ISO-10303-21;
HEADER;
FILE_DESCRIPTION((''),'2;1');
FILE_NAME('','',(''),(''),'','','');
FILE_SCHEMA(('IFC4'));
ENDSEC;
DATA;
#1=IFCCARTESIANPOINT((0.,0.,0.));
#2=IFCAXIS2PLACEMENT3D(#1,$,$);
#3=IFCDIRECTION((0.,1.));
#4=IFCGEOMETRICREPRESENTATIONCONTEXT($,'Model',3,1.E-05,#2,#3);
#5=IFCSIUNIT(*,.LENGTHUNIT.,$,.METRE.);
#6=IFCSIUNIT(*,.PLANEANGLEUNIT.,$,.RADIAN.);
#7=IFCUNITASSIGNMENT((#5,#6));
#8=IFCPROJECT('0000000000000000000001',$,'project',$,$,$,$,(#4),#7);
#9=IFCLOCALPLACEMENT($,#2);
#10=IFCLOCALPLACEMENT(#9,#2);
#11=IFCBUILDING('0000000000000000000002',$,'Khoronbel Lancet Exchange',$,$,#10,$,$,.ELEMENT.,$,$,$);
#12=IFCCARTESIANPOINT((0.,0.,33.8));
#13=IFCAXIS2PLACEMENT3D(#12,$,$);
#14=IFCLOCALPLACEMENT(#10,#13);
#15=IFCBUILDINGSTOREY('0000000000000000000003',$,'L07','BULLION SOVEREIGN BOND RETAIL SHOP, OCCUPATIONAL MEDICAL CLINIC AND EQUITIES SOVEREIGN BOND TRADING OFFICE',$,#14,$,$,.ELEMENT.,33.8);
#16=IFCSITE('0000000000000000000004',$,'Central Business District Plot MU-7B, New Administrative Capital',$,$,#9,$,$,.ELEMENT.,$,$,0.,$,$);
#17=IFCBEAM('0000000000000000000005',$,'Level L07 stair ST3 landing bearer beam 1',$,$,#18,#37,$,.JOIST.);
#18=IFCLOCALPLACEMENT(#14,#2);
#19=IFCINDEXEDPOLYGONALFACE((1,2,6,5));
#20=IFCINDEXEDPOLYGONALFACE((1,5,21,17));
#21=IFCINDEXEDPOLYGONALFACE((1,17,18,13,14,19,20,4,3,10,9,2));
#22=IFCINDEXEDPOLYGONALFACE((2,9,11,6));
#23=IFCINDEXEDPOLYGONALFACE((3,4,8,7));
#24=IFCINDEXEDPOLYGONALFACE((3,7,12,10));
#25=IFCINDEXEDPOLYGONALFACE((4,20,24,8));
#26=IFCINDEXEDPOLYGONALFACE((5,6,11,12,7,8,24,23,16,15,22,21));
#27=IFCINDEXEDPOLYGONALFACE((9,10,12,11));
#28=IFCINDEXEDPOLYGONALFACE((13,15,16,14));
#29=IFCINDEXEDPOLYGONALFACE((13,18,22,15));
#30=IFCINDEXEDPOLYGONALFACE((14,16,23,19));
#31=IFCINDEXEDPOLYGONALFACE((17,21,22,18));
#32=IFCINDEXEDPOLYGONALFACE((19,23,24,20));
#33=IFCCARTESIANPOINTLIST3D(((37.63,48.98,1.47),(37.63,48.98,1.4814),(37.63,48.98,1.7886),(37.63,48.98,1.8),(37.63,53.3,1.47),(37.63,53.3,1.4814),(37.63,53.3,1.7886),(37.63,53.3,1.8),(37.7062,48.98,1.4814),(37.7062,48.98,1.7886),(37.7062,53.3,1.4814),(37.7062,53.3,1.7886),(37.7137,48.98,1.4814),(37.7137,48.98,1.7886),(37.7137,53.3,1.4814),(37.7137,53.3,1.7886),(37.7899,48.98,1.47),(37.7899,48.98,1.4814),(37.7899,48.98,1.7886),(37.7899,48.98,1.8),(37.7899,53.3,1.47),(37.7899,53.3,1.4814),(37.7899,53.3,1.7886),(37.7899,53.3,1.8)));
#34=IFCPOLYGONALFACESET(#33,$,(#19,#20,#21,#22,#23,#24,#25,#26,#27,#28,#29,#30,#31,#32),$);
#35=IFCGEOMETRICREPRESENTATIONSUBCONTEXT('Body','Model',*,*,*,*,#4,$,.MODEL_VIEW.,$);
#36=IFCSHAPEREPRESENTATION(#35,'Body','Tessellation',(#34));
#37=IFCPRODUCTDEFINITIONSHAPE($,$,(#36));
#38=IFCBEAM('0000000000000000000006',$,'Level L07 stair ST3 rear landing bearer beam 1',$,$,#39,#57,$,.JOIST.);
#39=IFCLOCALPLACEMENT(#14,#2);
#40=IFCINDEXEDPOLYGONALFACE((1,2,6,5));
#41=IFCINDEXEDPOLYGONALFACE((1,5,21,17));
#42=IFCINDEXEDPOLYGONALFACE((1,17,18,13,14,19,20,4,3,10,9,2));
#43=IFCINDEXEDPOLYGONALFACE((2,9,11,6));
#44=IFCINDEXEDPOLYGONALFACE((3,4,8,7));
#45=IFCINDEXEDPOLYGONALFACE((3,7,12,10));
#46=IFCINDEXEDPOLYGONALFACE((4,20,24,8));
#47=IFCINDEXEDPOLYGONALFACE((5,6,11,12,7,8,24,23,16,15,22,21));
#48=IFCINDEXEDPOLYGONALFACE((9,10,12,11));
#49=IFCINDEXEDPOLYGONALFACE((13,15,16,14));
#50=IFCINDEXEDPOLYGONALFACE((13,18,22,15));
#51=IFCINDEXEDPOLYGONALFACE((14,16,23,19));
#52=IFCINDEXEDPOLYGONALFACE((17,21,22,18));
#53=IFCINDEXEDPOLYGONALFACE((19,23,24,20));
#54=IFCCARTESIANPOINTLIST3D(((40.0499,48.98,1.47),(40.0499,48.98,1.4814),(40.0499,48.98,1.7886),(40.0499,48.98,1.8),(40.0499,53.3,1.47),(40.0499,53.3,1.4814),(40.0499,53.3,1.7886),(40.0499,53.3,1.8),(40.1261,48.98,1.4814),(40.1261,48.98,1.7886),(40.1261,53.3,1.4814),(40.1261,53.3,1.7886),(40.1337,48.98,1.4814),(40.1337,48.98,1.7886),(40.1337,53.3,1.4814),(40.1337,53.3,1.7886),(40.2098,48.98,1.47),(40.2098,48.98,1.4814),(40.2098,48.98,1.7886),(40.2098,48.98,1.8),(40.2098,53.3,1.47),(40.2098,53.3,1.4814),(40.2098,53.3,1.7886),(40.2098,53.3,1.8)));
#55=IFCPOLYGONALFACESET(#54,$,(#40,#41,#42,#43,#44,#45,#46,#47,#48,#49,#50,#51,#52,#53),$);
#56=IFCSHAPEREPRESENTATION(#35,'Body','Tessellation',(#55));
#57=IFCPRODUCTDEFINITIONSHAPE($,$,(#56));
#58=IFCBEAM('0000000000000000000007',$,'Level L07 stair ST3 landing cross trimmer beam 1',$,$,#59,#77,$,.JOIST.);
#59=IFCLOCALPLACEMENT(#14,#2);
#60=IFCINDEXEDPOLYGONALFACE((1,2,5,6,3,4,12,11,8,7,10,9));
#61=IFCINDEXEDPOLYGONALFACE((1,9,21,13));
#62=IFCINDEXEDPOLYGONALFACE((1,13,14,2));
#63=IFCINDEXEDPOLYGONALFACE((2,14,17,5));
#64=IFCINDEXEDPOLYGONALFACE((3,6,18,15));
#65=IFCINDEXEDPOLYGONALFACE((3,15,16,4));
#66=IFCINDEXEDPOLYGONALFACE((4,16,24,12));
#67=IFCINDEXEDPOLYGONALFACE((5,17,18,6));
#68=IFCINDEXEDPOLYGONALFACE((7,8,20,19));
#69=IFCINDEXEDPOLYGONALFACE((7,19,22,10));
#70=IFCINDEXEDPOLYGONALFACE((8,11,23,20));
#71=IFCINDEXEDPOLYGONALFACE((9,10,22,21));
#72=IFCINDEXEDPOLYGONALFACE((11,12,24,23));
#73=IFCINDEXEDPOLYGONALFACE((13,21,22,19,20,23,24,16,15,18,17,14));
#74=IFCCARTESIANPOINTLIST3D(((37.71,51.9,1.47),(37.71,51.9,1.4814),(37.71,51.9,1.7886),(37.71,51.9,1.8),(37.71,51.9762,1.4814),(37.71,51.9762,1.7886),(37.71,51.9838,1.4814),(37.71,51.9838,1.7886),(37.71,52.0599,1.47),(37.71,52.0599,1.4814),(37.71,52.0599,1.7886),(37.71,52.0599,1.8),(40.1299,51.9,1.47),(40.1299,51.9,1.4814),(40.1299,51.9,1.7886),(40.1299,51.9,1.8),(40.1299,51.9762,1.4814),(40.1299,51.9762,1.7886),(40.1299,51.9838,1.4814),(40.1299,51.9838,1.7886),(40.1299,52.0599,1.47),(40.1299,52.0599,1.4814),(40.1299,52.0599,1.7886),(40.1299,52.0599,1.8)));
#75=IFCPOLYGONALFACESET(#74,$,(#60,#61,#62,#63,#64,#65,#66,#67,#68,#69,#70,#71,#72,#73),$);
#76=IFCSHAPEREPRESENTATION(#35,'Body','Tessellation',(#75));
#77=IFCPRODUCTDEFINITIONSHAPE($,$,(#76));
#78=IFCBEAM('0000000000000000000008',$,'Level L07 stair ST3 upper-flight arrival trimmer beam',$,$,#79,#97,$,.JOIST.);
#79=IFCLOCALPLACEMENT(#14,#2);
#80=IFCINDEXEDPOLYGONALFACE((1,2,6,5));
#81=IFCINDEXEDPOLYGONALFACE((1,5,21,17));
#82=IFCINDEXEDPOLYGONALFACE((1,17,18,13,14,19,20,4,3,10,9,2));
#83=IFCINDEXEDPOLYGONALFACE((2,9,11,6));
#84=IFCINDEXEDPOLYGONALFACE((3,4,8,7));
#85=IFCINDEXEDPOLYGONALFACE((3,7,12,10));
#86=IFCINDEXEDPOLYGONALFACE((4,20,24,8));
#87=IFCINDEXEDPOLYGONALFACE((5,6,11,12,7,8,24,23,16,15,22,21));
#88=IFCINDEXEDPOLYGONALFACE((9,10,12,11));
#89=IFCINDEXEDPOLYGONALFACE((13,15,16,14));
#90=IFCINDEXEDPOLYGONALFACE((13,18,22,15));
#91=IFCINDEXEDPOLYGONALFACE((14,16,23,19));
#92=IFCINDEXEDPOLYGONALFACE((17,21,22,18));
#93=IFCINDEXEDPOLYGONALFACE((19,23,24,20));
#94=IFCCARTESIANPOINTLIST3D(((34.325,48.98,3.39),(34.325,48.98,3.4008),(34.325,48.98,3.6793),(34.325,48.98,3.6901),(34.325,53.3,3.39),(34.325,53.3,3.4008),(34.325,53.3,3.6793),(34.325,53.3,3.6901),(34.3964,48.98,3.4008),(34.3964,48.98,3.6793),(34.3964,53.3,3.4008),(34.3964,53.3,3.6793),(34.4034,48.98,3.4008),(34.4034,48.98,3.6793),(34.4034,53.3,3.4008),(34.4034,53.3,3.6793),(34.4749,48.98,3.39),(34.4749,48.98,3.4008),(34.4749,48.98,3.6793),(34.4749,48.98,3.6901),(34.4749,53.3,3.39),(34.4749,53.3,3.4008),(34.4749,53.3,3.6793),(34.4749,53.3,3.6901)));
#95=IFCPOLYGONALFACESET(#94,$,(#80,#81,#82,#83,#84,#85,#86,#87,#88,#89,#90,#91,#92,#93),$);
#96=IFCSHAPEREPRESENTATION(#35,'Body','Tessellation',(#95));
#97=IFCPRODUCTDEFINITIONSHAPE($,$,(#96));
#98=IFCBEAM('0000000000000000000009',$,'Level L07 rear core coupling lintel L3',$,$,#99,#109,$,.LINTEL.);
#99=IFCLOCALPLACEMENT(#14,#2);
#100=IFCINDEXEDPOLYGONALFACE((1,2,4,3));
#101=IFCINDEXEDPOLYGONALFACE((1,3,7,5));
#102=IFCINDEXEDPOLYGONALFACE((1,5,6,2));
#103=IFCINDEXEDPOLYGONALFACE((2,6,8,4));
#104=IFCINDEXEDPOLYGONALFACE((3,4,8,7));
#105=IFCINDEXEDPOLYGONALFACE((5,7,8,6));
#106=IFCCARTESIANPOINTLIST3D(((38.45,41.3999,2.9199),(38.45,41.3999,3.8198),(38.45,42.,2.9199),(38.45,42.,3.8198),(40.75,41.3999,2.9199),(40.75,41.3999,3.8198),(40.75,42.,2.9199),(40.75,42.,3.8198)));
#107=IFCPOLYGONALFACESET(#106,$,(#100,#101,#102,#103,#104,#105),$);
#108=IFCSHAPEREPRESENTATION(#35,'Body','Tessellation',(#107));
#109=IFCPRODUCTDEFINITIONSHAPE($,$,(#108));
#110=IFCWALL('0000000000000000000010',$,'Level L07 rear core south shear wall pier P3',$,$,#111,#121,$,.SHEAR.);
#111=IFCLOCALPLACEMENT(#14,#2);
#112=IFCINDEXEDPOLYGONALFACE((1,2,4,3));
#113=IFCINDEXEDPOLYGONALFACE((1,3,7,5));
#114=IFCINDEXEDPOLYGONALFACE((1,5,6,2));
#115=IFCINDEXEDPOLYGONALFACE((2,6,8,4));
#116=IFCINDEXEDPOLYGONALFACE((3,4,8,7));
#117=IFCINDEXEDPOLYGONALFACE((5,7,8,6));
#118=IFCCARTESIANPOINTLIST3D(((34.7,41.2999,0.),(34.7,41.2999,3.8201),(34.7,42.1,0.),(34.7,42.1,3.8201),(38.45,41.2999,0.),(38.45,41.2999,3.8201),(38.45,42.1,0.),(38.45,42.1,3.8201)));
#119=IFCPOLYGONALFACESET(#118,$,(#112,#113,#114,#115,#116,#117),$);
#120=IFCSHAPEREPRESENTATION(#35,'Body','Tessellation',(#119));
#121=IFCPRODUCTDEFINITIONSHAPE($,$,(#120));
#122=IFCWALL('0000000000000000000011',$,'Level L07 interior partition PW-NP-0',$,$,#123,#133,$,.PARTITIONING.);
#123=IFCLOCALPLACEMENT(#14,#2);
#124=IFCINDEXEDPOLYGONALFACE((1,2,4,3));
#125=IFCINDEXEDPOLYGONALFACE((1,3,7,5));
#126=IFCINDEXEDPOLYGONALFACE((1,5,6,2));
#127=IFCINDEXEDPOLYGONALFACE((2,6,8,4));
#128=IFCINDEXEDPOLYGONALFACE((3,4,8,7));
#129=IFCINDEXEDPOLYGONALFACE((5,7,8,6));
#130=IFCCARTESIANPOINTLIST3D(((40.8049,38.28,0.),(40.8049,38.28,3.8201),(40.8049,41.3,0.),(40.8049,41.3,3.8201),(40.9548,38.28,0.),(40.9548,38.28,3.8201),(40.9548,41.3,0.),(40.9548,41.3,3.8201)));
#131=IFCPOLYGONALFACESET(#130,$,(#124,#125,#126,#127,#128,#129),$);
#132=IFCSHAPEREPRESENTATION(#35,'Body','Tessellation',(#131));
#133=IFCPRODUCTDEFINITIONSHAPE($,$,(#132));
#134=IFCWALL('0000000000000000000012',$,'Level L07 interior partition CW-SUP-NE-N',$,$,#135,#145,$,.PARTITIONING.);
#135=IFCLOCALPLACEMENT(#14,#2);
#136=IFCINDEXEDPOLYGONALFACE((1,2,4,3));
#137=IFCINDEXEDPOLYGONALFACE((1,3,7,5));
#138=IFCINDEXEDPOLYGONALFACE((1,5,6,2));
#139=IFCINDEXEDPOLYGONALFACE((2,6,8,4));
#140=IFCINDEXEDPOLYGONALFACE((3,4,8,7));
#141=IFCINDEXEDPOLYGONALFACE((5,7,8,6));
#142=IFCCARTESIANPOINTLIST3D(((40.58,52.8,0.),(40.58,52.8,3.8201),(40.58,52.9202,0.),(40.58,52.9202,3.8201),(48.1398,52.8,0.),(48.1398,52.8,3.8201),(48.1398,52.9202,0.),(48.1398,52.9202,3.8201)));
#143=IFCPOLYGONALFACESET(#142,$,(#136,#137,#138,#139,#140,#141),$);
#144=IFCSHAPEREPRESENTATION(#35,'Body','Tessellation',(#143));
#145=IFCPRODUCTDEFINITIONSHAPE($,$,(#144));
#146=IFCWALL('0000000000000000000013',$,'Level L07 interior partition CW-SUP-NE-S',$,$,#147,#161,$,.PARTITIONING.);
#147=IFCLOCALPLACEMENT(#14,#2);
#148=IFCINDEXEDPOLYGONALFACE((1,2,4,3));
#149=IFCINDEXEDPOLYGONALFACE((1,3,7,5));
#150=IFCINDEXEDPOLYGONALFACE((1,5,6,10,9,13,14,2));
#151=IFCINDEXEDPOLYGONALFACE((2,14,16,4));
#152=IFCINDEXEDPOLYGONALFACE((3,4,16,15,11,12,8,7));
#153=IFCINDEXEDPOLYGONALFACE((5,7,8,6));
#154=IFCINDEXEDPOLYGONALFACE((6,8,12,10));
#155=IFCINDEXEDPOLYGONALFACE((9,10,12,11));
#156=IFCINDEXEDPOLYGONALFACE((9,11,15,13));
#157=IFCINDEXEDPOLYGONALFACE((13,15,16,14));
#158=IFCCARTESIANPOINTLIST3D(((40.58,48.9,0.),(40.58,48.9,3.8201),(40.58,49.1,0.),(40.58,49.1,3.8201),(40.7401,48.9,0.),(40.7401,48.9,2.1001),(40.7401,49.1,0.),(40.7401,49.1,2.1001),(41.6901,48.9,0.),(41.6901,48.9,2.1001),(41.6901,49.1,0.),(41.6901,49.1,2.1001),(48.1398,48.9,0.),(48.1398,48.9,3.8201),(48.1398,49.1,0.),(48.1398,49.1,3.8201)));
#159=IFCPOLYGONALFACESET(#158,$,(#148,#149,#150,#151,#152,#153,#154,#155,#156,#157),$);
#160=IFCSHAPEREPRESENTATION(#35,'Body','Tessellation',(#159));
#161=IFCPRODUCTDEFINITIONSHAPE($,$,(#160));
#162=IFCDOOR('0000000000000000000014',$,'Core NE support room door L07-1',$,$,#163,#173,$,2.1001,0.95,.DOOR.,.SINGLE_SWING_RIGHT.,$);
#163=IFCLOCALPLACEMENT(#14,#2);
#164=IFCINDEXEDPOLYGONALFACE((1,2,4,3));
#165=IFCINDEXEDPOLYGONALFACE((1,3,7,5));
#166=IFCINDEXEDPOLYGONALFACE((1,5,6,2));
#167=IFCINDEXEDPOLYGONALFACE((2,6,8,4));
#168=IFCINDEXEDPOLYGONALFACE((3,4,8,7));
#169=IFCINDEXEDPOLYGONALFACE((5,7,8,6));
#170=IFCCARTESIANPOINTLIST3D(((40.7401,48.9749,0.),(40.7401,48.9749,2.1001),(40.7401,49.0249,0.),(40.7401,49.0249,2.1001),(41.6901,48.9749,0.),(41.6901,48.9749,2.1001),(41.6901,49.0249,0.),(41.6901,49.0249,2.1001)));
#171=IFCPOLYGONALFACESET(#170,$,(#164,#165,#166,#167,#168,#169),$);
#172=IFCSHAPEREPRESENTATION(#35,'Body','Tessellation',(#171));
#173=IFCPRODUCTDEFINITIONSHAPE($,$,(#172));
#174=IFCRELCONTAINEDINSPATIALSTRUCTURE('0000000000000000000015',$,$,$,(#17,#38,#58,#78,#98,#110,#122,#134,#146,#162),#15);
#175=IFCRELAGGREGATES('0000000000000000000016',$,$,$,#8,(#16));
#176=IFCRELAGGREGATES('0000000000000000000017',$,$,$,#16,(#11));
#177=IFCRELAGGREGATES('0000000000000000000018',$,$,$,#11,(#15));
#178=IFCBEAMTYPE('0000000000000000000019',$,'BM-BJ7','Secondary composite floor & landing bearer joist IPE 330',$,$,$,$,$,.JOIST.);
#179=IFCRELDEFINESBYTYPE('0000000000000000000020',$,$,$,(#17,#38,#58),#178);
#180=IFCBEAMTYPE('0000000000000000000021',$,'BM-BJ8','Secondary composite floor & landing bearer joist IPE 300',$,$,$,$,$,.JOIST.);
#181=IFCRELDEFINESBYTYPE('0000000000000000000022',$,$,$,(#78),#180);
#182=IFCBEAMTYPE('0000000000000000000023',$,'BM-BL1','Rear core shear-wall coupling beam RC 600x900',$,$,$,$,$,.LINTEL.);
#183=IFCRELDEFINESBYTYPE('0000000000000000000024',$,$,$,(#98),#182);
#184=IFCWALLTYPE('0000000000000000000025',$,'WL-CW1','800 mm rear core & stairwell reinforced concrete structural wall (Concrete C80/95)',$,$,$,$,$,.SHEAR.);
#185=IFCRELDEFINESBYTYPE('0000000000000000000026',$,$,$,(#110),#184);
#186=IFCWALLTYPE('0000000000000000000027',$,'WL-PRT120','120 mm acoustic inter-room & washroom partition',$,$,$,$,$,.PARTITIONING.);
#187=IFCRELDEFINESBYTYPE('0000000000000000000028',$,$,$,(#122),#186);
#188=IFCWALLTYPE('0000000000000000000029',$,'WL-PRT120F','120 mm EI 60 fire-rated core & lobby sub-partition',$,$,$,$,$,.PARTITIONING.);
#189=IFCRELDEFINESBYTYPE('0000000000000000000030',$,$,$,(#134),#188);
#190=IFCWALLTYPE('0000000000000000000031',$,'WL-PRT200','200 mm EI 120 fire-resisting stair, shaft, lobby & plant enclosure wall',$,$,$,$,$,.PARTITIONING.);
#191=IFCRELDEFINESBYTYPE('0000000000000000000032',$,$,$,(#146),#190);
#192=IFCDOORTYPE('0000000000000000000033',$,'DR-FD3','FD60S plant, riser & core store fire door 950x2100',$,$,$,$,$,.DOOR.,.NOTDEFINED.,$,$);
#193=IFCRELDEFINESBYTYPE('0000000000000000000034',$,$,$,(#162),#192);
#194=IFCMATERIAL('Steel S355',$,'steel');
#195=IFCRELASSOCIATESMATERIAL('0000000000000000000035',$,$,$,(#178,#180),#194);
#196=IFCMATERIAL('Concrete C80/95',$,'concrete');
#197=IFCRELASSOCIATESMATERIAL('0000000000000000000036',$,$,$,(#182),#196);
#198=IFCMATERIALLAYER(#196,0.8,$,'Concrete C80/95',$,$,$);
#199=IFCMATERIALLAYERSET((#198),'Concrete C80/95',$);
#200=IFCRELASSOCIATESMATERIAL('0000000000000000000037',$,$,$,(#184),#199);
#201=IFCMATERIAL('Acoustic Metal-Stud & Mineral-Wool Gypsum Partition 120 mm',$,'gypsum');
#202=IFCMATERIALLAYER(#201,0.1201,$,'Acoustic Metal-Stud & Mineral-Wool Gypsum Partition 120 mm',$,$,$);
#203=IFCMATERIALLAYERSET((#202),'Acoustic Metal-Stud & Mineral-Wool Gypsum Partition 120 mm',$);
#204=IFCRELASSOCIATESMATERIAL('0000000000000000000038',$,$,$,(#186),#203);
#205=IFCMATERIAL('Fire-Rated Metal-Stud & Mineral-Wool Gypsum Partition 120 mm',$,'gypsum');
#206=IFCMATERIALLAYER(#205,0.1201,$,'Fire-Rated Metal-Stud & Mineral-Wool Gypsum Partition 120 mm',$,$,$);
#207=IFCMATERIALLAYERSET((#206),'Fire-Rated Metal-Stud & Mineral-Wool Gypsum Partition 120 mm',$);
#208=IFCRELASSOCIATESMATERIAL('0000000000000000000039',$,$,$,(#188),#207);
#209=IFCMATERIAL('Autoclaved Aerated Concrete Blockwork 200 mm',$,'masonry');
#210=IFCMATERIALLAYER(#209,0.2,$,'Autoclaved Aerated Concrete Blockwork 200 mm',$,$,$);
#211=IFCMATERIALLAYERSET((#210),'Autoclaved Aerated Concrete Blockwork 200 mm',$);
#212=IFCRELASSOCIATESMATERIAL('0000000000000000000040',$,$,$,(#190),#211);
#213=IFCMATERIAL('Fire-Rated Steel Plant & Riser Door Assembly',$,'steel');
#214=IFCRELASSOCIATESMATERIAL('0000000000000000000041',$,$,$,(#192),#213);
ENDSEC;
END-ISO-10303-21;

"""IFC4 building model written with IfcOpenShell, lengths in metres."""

from ifc_helpers import new_model, si_unit, direction, frame, frame_2d, origin, origin_2d, place, context, subcontext, project, spatial, rectangle, i_section, extrude, material, layer, layer_set, material_profile, profile_set, type_object, element, fill, save


model = new_model("IFC4")

# Units and contexts
model_context = context("Model", 3, precision=1e-05, world=origin(), true_north=direction((0.0, 1.0)))
body_context = subcontext(model_context, "Body", "Model", "MODEL_VIEW")
ifc_project = project(units=[si_unit("LENGTHUNIT", "METRE"), si_unit("PLANEANGLEUNIT", "RADIAN")], contexts=[model_context])

# Site, building, storey
site_placement = place(None, origin())
site = spatial("IfcSite", under=ifc_project, at=site_placement, Name="Central Business District Plot MU-7B, New Administrative Capital", CompositionType="ELEMENT", RefElevation=0.0)
building_placement = place(site_placement, origin())
building = spatial("IfcBuilding", under=site, at=building_placement, Name="Khoronbel Lancet Exchange", CompositionType="ELEMENT")
storey_placement = place(building_placement, frame((0.0, 0.0, 33.8)))
storey = spatial("IfcBuildingStorey", under=building, at=storey_placement, Name="L07", Description="BULLION SOVEREIGN BOND RETAIL SHOP, OCCUPATIONAL MEDICAL CLINIC AND EQUITIES SOVEREIGN BOND TRADING OFFICE", CompositionType="ELEMENT", Elevation=33.8)

# Beams
ifc_material_1 = material(Name="Steel S355", Category="steel")
ifc_material_profile_1 = material_profile(ifc_material_1, i_section(OverallWidth=0.1599, OverallDepth=0.3301, WebThickness=0.0076, FlangeThickness=0.0115, at=origin_2d()), Name="IPE 330")
ifc_profile_set_1 = profile_set([ifc_material_profile_1], Name="Steel S355")
beam_type_1 = type_object("IfcBeamType", Name="BM-BJ7", Description="Secondary composite floor & landing bearer joist IPE 330", PredefinedType="JOIST", material=ifc_profile_set_1)
for number, where, z_axis, x_axis, name in (
    (1, (37.71, 48.98, 1.635), (0.0, 1.0, 0.0), (-1.0, 0.0, 0.0), "Level L07 stair ST3 landing bearer beam 1"),
    (2, (40.1299, 48.98, 1.635), (0.0, 1.0, 0.0), (-1.0, 0.0, 0.0), "Level L07 stair ST3 rear landing bearer beam 1"),
):
    element("IfcBeam", number, at=place(storey_placement, frame(where, z_axis=z_axis, x_axis=x_axis)), inside=storey, type_object=beam_type_1, Name=name, PredefinedType="JOIST", context=body_context, shape_type="SweptSolid", body=[
        extrude(i_section(OverallWidth=0.1599, OverallDepth=0.3301, WebThickness=0.0076, FlangeThickness=0.0115, at=origin_2d()), origin(), (0.0, 0.0, 1.0), 4.3201),
    ])
beam_1_placement = place(storey_placement, frame((37.71, 51.98, 1.635), z_axis=(1.0, 0.0, 0.0), x_axis=(0.0, 1.0, 0.0)))
element("IfcBeam", 3, at=beam_1_placement, inside=storey, type_object=beam_type_1, Name="Level L07 stair ST3 landing cross trimmer beam 1", PredefinedType="JOIST", context=body_context, shape_type="SweptSolid", body=[
    extrude(i_section(OverallWidth=0.1599, OverallDepth=0.3301, WebThickness=0.0076, FlangeThickness=0.0115, at=origin_2d()), origin(), (0.0, 0.0, 1.0), 2.4199),
])
ifc_material_profile_2 = material_profile(ifc_material_1, i_section(OverallWidth=0.1499, OverallDepth=0.3, WebThickness=0.0071, FlangeThickness=0.0107, at=origin_2d()), Name="IPE 300")
ifc_profile_set_2 = profile_set([ifc_material_profile_2], Name="Steel S355")
beam_type_2 = type_object("IfcBeamType", Name="BM-BJ8", Description="Secondary composite floor & landing bearer joist IPE 300", PredefinedType="JOIST", material=ifc_profile_set_2)
beam_2_placement = place(storey_placement, frame((34.3999, 48.98, 3.54), z_axis=(0.0, 1.0, 0.0), x_axis=(-1.0, 0.0, 0.0)))
element("IfcBeam", 4, at=beam_2_placement, inside=storey, type_object=beam_type_2, Name="Level L07 stair ST3 upper-flight arrival trimmer beam", PredefinedType="JOIST", context=body_context, shape_type="SweptSolid", body=[
    extrude(i_section(OverallWidth=0.1499, OverallDepth=0.3, WebThickness=0.0071, FlangeThickness=0.0107, at=origin_2d()), origin(), (0.0, 0.0, 1.0), 4.3201),
])
ifc_material_2 = material(Name="Concrete C80/95", Category="concrete")
ifc_material_profile_3 = material_profile(ifc_material_2, rectangle(XDim=0.6001, YDim=0.8999, at=origin_2d()), Name="RC 600x900")
ifc_profile_set_3 = profile_set([ifc_material_profile_3], Name="Concrete C80/95")
beam_type_3 = type_object("IfcBeamType", Name="BM-BL1", Description="Rear core shear-wall coupling beam RC 600x900", PredefinedType="LINTEL", material=ifc_profile_set_3)
beam_3_placement = place(storey_placement, frame((38.45, 41.7, 3.3699), z_axis=(1.0, 0.0, 0.0), x_axis=(0.0, 1.0, 0.0)))
element("IfcBeam", 5, at=beam_3_placement, inside=storey, type_object=beam_type_3, Name="Level L07 rear core coupling lintel L3", PredefinedType="LINTEL", context=body_context, shape_type="SweptSolid", body=[
    extrude(rectangle(XDim=0.6001, YDim=0.8999, at=origin_2d()), origin(), (0.0, 0.0, 1.0), 2.3),
])

# Walls
ifc_layer_1 = layer(ifc_material_2, 0.8, Name="Concrete C80/95")
ifc_layer_set_1 = layer_set([ifc_layer_1], Name="Concrete C80/95")
wall_type_1 = type_object("IfcWallType", Name="WL-CW1", Description="800 mm rear core & stairwell reinforced concrete structural wall (Concrete C80/95)", PredefinedType="SHEAR", material=ifc_layer_set_1)
wall_1_placement = place(storey_placement, frame((38.45, 41.7, 0.0), z_axis=(0.0, 0.0, 1.0), x_axis=(-1.0, 0.0, 0.0)))
element("IfcWall", 6, at=wall_1_placement, inside=storey, type_object=wall_type_1, Name="Level L07 rear core south shear wall pier P3", PredefinedType="SHEAR", context=body_context, shape_type="SweptSolid", body=[
    extrude(rectangle(XDim=3.75, YDim=0.8, at=frame_2d((1.875, 0.0))), origin(), (0.0, 0.0, 1.0), 3.8201),
])
ifc_material_3 = material(Name="Acoustic Metal-Stud & Mineral-Wool Gypsum Partition 120 mm", Category="gypsum")
ifc_layer_2 = layer(ifc_material_3, 0.1201, Name="Acoustic Metal-Stud & Mineral-Wool Gypsum Partition 120 mm")
ifc_layer_set_2 = layer_set([ifc_layer_2], Name="Acoustic Metal-Stud & Mineral-Wool Gypsum Partition 120 mm")
wall_type_2 = type_object("IfcWallType", Name="WL-PRT120", Description="120 mm acoustic inter-room & washroom partition", PredefinedType="PARTITIONING", material=ifc_layer_set_2)
wall_2_placement = place(storey_placement, frame((40.8799, 38.28, 0.0), z_axis=(0.0, 0.0, 1.0), x_axis=(0.0, 1.0, 0.0)))
element("IfcWall", 7, at=wall_2_placement, inside=storey, type_object=wall_type_2, Name="Level L07 interior partition PW-NP-0", PredefinedType="PARTITIONING", context=body_context, shape_type="SweptSolid", body=[
    extrude(rectangle(XDim=3.02, YDim=0.1499, at=frame_2d((1.51, 0.0))), origin(), (0.0, 0.0, 1.0), 3.8201),
])
ifc_material_4 = material(Name="Fire-Rated Metal-Stud & Mineral-Wool Gypsum Partition 120 mm", Category="gypsum")
ifc_layer_3 = layer(ifc_material_4, 0.1201, Name="Fire-Rated Metal-Stud & Mineral-Wool Gypsum Partition 120 mm")
ifc_layer_set_3 = layer_set([ifc_layer_3], Name="Fire-Rated Metal-Stud & Mineral-Wool Gypsum Partition 120 mm")
wall_type_3 = type_object("IfcWallType", Name="WL-PRT120F", Description="120 mm EI 60 fire-rated core & lobby sub-partition", PredefinedType="PARTITIONING", material=ifc_layer_set_3)
wall_3_placement = place(storey_placement, frame((40.5801, 52.8601, 0.0), z_axis=(0.0, 0.0, 1.0), x_axis=(1.0, 0.0, 0.0)))
element("IfcWall", 8, at=wall_3_placement, inside=storey, type_object=wall_type_3, Name="Level L07 interior partition CW-SUP-NE-N", PredefinedType="PARTITIONING", context=body_context, shape_type="SweptSolid", body=[
    extrude(rectangle(XDim=7.5598, YDim=0.1201, at=frame_2d((3.7798, 0.0))), origin(), (0.0, 0.0, 1.0), 3.8201),
])

# Wall, opening, door
ifc_material_5 = material(Name="Autoclaved Aerated Concrete Blockwork 200 mm", Category="masonry")
ifc_layer_4 = layer(ifc_material_5, 0.2, Name="Autoclaved Aerated Concrete Blockwork 200 mm")
ifc_layer_set_4 = layer_set([ifc_layer_4], Name="Autoclaved Aerated Concrete Blockwork 200 mm")
wall_type_4 = type_object("IfcWallType", Name="WL-PRT200", Description="200 mm EI 120 fire-resisting stair, shaft, lobby & plant enclosure wall", PredefinedType="PARTITIONING", material=ifc_layer_set_4)
wall_4_placement = place(storey_placement, frame((40.5801, 49.0, 0.0), z_axis=(0.0, 0.0, 1.0), x_axis=(1.0, 0.0, 0.0)))
wall_4 = element("IfcWall", 9, at=wall_4_placement, inside=storey, type_object=wall_type_4, Name="Level L07 interior partition CW-SUP-NE-S", PredefinedType="PARTITIONING", context=body_context, shape_type="SweptSolid", body=[
    extrude(rectangle(XDim=7.5598, YDim=0.2, at=frame_2d((3.7798, 0.0))), origin(), (0.0, 0.0, 1.0), 3.8201),
])
opening_1_placement = place(wall_4_placement, frame((0.1599, 0.0, 0.0)))
opening_1 = element("IfcOpeningElement", 10, at=opening_1_placement, cuts=wall_4, PredefinedType="OPENING", context=body_context, shape_type="SweptSolid", body=[
    extrude(rectangle(XDim=0.95, YDim=2.1001, at=frame_2d((0.4751, 1.05))), frame((0.0, 0.1099, 0.0), z_axis=(0.0, -1.0, 0.0), x_axis=(1.0, 0.0, 0.0)), (0.0, 0.0, 1.0), 0.22),
])
ifc_material_6 = material(Name="Fire-Rated Steel Plant & Riser Door Assembly", Category="steel")
door_type_1 = type_object("IfcDoorType", Name="DR-FD3", Description="FD60S plant, riser & core store fire door 950x2100", OperationType="NOTDEFINED", PredefinedType="DOOR", material=ifc_material_6)
door_1_placement = place(opening_1_placement, origin())
door_1 = element("IfcDoor", 11, at=door_1_placement, inside=storey, type_object=door_type_1, Name="Core NE support room door L07-1", OperationType="SINGLE_SWING_RIGHT", OverallHeight=2.1001, OverallWidth=0.95, PredefinedType="DOOR", context=body_context, shape_type="SweptSolid", body=[
    extrude(rectangle(XDim=0.95, YDim=2.1001, at=frame_2d((0.4751, 1.05))), frame((0.0, 0.0249, 0.0), z_axis=(0.0, -1.0, 0.0), x_axis=(1.0, 0.0, 0.0)), (0.0, 0.0, 1.0), 0.05),
])
fill(opening_1, door_1)

save(model, "model.ifc")
